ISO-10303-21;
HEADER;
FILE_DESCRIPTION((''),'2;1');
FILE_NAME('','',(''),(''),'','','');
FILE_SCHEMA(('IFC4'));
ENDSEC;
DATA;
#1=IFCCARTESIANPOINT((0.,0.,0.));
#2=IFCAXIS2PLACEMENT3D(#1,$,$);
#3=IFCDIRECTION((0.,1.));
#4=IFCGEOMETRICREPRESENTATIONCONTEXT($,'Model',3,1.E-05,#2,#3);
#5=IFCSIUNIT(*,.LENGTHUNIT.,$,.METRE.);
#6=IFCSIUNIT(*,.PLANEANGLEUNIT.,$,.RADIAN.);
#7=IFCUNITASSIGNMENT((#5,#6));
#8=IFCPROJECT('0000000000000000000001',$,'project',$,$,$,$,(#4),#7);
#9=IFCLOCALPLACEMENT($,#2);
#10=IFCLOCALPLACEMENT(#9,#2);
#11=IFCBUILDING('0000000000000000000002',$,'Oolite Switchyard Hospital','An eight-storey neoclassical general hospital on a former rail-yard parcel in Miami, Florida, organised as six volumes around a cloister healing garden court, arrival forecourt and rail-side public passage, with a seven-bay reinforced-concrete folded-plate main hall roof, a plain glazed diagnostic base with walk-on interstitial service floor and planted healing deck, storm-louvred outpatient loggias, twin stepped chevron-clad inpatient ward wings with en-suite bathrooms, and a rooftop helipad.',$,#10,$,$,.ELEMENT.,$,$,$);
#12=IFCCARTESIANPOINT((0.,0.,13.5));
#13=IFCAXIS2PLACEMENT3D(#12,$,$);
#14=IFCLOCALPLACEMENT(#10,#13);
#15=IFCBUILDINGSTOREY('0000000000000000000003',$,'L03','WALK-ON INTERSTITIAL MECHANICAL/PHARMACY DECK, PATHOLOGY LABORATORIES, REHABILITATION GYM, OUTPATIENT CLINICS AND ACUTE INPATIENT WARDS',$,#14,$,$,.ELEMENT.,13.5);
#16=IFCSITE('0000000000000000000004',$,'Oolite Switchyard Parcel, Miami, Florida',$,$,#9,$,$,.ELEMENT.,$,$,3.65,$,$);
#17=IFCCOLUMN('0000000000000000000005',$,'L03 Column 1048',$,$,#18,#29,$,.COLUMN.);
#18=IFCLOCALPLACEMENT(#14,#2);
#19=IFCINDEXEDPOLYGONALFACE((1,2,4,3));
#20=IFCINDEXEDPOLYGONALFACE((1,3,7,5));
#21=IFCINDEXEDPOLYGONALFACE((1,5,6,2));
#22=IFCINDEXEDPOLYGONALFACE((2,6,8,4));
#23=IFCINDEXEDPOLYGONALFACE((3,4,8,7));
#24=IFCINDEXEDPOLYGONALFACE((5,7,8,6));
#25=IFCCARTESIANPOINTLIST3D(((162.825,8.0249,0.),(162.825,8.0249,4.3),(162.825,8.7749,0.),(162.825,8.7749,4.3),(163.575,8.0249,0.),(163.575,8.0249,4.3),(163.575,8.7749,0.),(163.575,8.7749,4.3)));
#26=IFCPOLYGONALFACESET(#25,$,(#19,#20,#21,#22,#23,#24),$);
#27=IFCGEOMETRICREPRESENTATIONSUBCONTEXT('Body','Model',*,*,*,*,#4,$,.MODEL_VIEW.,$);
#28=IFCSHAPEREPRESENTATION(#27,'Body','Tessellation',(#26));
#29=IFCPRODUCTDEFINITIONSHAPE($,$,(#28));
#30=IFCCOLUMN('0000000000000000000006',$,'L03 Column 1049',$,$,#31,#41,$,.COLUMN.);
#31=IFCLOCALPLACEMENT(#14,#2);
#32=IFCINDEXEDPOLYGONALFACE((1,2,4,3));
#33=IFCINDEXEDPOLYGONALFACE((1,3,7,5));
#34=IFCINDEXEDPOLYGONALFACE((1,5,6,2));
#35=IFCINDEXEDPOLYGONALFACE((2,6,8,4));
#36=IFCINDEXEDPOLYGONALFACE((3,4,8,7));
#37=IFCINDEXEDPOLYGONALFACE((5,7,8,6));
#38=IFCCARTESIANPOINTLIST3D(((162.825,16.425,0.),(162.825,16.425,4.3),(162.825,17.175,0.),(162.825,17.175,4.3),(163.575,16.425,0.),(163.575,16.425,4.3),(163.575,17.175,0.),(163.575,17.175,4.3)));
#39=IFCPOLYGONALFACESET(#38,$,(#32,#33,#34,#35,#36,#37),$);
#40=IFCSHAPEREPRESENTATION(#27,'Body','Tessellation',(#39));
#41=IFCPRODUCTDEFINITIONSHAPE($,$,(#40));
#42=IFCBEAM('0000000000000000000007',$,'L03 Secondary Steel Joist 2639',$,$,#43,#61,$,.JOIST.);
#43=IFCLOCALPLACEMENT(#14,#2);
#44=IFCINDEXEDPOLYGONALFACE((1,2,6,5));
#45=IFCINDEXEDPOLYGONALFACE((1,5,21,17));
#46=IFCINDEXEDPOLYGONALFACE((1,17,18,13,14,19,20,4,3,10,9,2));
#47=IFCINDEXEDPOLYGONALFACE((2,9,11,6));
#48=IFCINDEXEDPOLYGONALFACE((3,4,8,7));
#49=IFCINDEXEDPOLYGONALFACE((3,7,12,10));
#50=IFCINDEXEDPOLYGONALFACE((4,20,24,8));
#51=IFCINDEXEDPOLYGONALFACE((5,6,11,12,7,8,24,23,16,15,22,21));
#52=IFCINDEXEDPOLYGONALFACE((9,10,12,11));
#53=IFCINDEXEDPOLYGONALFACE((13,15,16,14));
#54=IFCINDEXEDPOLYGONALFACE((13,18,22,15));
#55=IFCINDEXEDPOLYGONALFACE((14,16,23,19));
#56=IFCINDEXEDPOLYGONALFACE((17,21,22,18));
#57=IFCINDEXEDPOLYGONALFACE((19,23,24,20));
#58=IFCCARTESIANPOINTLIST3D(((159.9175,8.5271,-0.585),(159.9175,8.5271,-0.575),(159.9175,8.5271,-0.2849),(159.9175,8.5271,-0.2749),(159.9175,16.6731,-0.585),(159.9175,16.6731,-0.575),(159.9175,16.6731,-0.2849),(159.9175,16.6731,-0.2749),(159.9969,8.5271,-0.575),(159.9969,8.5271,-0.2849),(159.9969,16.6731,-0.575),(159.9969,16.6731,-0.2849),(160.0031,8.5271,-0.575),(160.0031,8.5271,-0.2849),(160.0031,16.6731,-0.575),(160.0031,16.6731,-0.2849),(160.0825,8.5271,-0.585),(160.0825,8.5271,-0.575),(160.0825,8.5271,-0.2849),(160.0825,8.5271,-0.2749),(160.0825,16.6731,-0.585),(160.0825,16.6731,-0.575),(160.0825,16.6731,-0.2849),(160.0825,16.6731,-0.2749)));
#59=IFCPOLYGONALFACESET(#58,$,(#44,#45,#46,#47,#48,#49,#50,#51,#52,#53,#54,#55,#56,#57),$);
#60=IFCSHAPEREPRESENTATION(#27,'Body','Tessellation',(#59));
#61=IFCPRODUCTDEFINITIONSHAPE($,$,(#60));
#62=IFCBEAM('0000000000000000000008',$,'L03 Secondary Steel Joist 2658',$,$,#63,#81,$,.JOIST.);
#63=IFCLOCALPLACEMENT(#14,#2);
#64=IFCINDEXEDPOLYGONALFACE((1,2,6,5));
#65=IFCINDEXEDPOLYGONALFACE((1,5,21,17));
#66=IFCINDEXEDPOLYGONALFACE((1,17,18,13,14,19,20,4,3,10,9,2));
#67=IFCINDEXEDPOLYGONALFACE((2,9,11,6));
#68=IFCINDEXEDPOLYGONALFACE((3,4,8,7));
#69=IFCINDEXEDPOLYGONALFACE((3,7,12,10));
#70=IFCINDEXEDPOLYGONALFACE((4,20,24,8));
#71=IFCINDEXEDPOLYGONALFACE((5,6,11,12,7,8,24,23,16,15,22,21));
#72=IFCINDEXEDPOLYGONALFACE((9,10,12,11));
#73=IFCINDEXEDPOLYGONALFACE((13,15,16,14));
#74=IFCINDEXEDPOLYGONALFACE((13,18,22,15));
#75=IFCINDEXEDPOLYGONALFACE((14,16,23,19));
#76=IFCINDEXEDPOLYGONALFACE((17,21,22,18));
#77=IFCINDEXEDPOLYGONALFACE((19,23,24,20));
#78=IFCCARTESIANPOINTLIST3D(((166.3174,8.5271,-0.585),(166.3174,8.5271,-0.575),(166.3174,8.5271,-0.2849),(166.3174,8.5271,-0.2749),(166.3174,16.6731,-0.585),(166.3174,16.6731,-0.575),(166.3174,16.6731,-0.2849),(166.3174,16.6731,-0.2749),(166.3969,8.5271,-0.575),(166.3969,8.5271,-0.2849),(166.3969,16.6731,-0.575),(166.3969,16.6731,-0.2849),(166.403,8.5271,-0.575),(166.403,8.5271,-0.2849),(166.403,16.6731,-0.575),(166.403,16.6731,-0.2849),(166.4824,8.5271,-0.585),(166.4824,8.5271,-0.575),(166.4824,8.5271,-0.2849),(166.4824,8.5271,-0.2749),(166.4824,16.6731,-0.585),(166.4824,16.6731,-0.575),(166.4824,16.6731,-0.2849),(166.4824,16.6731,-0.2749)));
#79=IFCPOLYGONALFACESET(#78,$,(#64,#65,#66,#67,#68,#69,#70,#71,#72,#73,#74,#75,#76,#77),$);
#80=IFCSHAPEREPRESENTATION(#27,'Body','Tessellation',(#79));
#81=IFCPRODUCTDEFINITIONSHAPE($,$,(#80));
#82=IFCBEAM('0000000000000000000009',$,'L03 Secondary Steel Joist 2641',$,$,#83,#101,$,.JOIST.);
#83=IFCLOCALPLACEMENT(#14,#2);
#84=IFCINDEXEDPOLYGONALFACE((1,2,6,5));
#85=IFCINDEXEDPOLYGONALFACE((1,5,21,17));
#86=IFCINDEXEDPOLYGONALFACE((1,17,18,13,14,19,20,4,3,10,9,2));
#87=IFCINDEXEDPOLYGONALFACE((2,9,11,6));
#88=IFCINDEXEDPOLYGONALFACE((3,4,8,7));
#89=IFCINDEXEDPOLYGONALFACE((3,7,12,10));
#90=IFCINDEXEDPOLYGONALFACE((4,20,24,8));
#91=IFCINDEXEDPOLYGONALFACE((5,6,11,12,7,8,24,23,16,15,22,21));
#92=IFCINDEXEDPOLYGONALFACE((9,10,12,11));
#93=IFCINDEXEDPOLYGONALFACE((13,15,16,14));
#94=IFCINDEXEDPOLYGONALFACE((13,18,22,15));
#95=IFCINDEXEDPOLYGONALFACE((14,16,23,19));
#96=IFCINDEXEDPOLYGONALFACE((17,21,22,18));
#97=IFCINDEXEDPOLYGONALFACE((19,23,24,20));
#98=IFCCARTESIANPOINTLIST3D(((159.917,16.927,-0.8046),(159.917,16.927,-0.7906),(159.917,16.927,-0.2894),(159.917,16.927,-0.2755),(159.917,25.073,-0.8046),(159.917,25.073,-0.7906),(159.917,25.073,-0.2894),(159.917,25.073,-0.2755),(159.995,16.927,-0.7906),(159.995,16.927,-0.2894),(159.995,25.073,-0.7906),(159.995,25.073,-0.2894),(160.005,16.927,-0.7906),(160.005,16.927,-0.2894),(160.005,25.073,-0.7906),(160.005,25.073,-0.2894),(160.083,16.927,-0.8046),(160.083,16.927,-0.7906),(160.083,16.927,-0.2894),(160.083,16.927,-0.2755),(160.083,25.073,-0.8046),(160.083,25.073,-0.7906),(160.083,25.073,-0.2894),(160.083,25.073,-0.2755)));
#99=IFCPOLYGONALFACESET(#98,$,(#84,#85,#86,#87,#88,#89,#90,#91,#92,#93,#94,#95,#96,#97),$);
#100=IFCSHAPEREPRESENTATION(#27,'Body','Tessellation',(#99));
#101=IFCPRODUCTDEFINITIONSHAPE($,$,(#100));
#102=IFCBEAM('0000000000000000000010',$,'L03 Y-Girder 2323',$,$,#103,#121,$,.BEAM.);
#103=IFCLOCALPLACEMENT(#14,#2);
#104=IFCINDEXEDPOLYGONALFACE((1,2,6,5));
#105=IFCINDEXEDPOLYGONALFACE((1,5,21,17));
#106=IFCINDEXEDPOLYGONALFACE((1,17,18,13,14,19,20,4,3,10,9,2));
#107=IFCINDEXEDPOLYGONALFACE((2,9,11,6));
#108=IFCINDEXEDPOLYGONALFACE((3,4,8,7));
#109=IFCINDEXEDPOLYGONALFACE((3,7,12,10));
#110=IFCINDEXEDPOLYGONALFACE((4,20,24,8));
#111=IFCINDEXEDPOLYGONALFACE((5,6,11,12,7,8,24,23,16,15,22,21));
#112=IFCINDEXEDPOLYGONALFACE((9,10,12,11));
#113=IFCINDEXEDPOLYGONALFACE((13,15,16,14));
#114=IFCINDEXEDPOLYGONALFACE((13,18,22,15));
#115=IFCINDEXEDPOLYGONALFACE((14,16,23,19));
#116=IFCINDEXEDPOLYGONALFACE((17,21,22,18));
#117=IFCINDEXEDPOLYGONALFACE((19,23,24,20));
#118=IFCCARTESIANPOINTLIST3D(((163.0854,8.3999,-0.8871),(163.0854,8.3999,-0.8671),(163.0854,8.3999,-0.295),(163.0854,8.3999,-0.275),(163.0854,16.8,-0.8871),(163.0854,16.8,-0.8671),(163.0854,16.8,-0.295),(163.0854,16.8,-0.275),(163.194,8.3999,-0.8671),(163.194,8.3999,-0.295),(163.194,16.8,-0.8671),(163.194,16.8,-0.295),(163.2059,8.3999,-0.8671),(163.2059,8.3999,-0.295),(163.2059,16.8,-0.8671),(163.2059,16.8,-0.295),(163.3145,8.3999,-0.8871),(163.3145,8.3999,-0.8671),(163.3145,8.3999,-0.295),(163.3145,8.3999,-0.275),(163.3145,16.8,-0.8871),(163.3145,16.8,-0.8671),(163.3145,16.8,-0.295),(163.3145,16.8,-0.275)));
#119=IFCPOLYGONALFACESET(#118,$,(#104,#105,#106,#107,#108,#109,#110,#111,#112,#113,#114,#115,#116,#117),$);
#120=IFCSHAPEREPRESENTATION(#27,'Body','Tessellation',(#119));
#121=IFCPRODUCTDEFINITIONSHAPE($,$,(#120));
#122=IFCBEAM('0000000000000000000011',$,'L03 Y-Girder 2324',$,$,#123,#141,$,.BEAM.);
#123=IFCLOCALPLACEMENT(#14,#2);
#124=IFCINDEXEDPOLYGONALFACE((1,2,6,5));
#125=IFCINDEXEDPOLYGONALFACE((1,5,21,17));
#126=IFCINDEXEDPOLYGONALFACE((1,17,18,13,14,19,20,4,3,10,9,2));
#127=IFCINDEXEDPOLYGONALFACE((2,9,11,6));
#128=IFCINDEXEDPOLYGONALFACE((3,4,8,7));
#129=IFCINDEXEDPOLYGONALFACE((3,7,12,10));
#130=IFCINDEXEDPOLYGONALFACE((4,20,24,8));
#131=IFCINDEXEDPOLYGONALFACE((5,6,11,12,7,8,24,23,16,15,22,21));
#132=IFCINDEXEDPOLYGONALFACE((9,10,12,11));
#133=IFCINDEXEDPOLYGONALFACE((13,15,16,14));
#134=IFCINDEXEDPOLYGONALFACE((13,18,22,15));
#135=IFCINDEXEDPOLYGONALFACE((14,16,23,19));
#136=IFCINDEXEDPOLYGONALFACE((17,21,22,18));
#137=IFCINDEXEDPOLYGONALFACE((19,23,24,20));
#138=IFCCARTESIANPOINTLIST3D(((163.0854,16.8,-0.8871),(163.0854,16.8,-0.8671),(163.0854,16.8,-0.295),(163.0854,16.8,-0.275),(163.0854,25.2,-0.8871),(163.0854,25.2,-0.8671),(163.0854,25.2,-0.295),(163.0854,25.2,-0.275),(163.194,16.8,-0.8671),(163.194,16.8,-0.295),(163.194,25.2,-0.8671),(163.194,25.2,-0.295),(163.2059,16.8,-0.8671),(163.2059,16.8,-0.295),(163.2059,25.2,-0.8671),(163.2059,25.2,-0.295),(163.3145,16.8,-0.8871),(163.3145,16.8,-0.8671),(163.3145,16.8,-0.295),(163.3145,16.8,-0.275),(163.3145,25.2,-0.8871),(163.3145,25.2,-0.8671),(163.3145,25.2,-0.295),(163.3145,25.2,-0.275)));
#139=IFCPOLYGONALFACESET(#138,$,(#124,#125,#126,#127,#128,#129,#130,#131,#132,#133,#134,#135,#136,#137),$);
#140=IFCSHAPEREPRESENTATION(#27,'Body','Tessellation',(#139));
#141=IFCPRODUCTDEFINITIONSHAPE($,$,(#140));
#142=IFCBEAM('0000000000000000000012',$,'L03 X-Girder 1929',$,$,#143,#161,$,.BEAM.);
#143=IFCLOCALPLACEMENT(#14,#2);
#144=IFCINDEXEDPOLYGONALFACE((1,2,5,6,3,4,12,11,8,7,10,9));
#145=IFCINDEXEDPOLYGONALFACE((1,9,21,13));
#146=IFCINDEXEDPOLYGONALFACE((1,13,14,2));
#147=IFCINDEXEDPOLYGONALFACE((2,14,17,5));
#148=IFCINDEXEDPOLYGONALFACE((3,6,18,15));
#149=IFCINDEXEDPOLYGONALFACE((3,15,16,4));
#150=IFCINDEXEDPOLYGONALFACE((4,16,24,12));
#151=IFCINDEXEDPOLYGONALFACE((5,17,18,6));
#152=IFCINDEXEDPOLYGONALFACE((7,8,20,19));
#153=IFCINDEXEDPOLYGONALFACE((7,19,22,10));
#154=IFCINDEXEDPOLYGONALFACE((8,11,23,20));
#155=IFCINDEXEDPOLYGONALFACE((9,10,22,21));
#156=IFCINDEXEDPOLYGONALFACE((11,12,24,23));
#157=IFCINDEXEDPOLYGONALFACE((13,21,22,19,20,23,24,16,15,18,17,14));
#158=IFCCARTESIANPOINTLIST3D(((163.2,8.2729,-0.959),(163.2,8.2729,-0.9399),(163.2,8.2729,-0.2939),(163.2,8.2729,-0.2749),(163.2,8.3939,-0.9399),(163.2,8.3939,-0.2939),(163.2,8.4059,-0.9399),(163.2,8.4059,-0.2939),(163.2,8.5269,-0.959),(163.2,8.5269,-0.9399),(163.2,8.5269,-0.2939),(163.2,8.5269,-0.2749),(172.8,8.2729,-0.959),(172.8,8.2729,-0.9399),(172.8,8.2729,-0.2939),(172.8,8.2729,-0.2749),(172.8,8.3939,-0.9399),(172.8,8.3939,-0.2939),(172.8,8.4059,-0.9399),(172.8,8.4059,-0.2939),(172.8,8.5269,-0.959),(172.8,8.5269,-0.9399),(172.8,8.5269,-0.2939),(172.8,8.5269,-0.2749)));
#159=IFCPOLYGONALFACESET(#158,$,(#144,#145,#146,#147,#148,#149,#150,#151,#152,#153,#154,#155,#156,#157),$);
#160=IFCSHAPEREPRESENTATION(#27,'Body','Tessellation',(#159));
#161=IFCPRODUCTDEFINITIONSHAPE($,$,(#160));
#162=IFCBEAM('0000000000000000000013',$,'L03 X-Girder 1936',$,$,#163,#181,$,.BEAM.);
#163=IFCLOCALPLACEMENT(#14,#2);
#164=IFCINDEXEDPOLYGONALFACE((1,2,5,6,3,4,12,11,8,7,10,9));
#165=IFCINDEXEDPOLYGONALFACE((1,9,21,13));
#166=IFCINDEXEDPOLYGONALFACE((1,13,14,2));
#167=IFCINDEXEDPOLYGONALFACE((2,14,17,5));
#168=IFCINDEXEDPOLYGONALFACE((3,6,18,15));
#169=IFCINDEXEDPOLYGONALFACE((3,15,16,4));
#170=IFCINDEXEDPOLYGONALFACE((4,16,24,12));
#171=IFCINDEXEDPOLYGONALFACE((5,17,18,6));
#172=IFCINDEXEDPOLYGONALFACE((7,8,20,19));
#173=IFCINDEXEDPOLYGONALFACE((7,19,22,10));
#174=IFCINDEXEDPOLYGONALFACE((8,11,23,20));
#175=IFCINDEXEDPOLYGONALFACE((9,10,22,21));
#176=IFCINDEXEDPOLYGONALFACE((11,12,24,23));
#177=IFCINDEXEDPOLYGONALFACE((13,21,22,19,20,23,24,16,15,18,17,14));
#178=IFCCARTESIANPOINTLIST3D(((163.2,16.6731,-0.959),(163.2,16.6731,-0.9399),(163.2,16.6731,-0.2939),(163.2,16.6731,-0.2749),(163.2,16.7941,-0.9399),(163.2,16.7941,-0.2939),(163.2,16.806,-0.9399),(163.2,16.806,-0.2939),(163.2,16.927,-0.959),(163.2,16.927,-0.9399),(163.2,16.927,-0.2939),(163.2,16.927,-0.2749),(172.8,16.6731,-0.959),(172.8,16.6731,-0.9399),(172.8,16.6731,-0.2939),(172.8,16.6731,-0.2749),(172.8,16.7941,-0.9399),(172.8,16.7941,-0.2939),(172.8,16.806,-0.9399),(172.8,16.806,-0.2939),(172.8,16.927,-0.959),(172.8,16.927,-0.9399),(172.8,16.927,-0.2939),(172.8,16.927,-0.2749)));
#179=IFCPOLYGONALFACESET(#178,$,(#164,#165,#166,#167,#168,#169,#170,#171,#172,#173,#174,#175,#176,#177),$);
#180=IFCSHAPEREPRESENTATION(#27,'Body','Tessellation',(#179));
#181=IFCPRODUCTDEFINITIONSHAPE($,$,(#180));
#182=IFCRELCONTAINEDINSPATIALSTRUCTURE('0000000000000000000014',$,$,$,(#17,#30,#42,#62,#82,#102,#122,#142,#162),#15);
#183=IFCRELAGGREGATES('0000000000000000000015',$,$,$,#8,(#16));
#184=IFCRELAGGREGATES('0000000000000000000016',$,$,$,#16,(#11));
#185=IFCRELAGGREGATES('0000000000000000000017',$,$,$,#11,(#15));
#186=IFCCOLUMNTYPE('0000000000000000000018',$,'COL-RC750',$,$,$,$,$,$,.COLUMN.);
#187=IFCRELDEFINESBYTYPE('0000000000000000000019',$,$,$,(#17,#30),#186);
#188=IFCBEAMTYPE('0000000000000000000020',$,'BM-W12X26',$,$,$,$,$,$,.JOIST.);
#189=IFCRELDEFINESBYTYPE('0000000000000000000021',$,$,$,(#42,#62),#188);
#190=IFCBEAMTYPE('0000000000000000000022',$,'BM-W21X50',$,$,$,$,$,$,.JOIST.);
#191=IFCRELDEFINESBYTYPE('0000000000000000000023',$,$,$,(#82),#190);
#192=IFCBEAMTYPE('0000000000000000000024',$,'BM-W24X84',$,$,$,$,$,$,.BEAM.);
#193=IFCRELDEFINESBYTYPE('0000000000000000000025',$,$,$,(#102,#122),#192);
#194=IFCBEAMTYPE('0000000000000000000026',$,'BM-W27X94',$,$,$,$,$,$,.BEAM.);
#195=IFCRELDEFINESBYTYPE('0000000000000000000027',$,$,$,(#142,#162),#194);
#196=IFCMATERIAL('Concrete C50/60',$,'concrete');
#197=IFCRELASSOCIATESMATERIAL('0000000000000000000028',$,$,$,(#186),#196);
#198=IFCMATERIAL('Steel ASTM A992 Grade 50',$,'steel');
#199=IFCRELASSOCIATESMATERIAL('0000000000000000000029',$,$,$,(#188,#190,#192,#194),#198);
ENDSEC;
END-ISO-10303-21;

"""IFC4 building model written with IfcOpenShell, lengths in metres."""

from ifc_helpers import new_model, si_unit, direction, frame, origin, origin_2d, place, context, subcontext, project, spatial, rectangle, i_section, extrude, material, material_profile, profile_set, type_object, element, save


model = new_model("IFC4")

# Units and contexts
model_context = context("Model", 3, precision=1e-05, world=origin(), true_north=direction((0.0, 1.0)))
body_context = subcontext(model_context, "Body", "Model", "MODEL_VIEW")
ifc_project = project(units=[si_unit("LENGTHUNIT", "METRE"), si_unit("PLANEANGLEUNIT", "RADIAN")], contexts=[model_context])

# Site, building, storey
site_placement = place(None, origin())
site = spatial("IfcSite", under=ifc_project, at=site_placement, Name="Oolite Switchyard Parcel, Miami, Florida", CompositionType="ELEMENT", RefElevation=3.65)
building_placement = place(site_placement, origin())
building = spatial("IfcBuilding", under=site, at=building_placement, Name="Oolite Switchyard Hospital", Description="An eight-storey neoclassical general hospital on a former rail-yard parcel in Miami, Florida, organised as six volumes around a cloister healing garden court, arrival forecourt and rail-side public passage, with a seven-bay reinforced-concrete folded-plate main hall roof, a plain glazed diagnostic base with walk-on interstitial service floor and planted healing deck, storm-louvred outpatient loggias, twin stepped chevron-clad inpatient ward wings with en-suite bathrooms, and a rooftop helipad.", CompositionType="ELEMENT")
storey_placement = place(building_placement, frame((0.0, 0.0, 13.5)))
storey = spatial("IfcBuildingStorey", under=building, at=storey_placement, Name="L03", Description="WALK-ON INTERSTITIAL MECHANICAL/PHARMACY DECK, PATHOLOGY LABORATORIES, REHABILITATION GYM, OUTPATIENT CLINICS AND ACUTE INPATIENT WARDS", CompositionType="ELEMENT", Elevation=13.5)

# Columns
ifc_material_1 = material(Name="Concrete C50/60", Category="concrete")
ifc_material_profile_1 = material_profile(ifc_material_1, rectangle(XDim=0.75, YDim=0.75, at=origin_2d()), Name="RC750X750")
ifc_profile_set_1 = profile_set([ifc_material_profile_1], Name="Concrete C50/60")
column_type = type_object("IfcColumnType", Name="COL-RC750", PredefinedType="COLUMN", material=ifc_profile_set_1)
for number, where, z_axis, x_axis, name in (
    (1, (163.2, 8.3999, 0.0), (0.0, 0.0, 1.0), (1.0, 0.0, 0.0), "L03 Column 1048"),
    (2, (163.2, 16.8, 0.0), (0.0, 0.0, 1.0), (1.0, 0.0, 0.0), "L03 Column 1049"),
):
    element("IfcColumn", number, at=place(storey_placement, frame(where, z_axis=z_axis, x_axis=x_axis)), inside=storey, type_object=column_type, Name=name, PredefinedType="COLUMN", context=body_context, shape_type="SweptSolid", body=[
        extrude(rectangle(XDim=0.75, YDim=0.75, at=origin_2d()), origin(), (0.0, 0.0, 1.0), 4.3),
    ])

# Beams
ifc_material_2 = material(Name="Steel ASTM A992 Grade 50", Category="steel")
ifc_material_profile_2 = material_profile(ifc_material_2, i_section(OverallWidth=0.165, OverallDepth=0.3101, WebThickness=0.0061, FlangeThickness=0.01, at=origin_2d()), Name="W12X26")
ifc_profile_set_2 = profile_set([ifc_material_profile_2], Name="Steel ASTM A992 Grade 50")
beam_type_1 = type_object("IfcBeamType", Name="BM-W12X26", PredefinedType="JOIST", material=ifc_profile_set_2)
for number, where, z_axis, x_axis, name in (
    (3, (160.0, 8.5271, -0.4299), (0.0, 1.0, 0.0), (-1.0, 0.0, 0.0), "L03 Secondary Steel Joist 2639"),
    (4, (166.3999, 8.5271, -0.4299), (0.0, 1.0, 0.0), (-1.0, 0.0, 0.0), "L03 Secondary Steel Joist 2658"),
):
    element("IfcBeam", number, at=place(storey_placement, frame(where, z_axis=z_axis, x_axis=x_axis)), inside=storey, type_object=beam_type_1, Name=name, PredefinedType="JOIST", context=body_context, shape_type="SweptSolid", body=[
        extrude(i_section(OverallWidth=0.165, OverallDepth=0.3101, WebThickness=0.0061, FlangeThickness=0.01, at=origin_2d()), origin(), (0.0, 0.0, 1.0), 8.146),
    ])
ifc_material_profile_3 = material_profile(ifc_material_2, i_section(OverallWidth=0.166, OverallDepth=0.5291, WebThickness=0.01, FlangeThickness=0.0139, at=origin_2d()), Name="W21X50")
ifc_profile_set_3 = profile_set([ifc_material_profile_3], Name="Steel ASTM A992 Grade 50")
beam_type_2 = type_object("IfcBeamType", Name="BM-W21X50", PredefinedType="JOIST", material=ifc_profile_set_3)
beam_1_placement = place(storey_placement, frame((160.0, 16.927, -0.54), z_axis=(0.0, 1.0, 0.0), x_axis=(-1.0, 0.0, 0.0)))
element("IfcBeam", 5, at=beam_1_placement, inside=storey, type_object=beam_type_2, Name="L03 Secondary Steel Joist 2641", PredefinedType="JOIST", context=body_context, shape_type="SweptSolid", body=[
    extrude(i_section(OverallWidth=0.166, OverallDepth=0.5291, WebThickness=0.01, FlangeThickness=0.0139, at=origin_2d()), origin(), (0.0, 0.0, 1.0), 8.146),
])
ifc_material_profile_4 = material_profile(ifc_material_2, i_section(OverallWidth=0.229, OverallDepth=0.6121, WebThickness=0.012, FlangeThickness=0.02, at=origin_2d()), Name="W24X84")
ifc_profile_set_4 = profile_set([ifc_material_profile_4], Name="Steel ASTM A992 Grade 50")
beam_type_3 = type_object("IfcBeamType", Name="BM-W24X84", PredefinedType="BEAM", material=ifc_profile_set_4)
beam_2_placement = place(storey_placement, frame((163.2, 8.3999, -0.5811), z_axis=(0.0, 1.0, 0.0), x_axis=(-1.0, 0.0, 0.0)))
element("IfcBeam", 6, at=beam_2_placement, inside=storey, type_object=beam_type_3, Name="L03 Y-Girder 2323", PredefinedType="BEAM", context=body_context, shape_type="SweptSolid", body=[
    extrude(i_section(OverallWidth=0.229, OverallDepth=0.6121, WebThickness=0.012, FlangeThickness=0.02, at=origin_2d()), origin(), (0.0, 0.0, 1.0), 8.4001),
])
beam_3_placement = place(storey_placement, frame((163.2, 16.8, -0.5811), z_axis=(0.0, 1.0, 0.0), x_axis=(-1.0, 0.0, 0.0)))
element("IfcBeam", 7, at=beam_3_placement, inside=storey, type_object=beam_type_3, Name="L03 Y-Girder 2324", PredefinedType="BEAM", context=body_context, shape_type="SweptSolid", body=[
    extrude(i_section(OverallWidth=0.229, OverallDepth=0.6121, WebThickness=0.012, FlangeThickness=0.02, at=origin_2d()), origin(), (0.0, 0.0, 1.0), 8.3999),
])
ifc_material_profile_5 = material_profile(ifc_material_2, i_section(OverallWidth=0.2539, OverallDepth=0.6841, WebThickness=0.012, FlangeThickness=0.019, at=origin_2d()), Name="W27X94")
ifc_profile_set_5 = profile_set([ifc_material_profile_5], Name="Steel ASTM A992 Grade 50")
beam_type_4 = type_object("IfcBeamType", Name="BM-W27X94", PredefinedType="BEAM", material=ifc_profile_set_5)
for number, where, z_axis, x_axis, name in (
    (8, (163.2, 8.3999, -0.6169), (1.0, 0.0, 0.0), (0.0, 1.0, 0.0), "L03 X-Girder 1929"),
    (9, (163.2, 16.8, -0.6169), (1.0, 0.0, 0.0), (0.0, 1.0, 0.0), "L03 X-Girder 1936"),
):
    element("IfcBeam", number, at=place(storey_placement, frame(where, z_axis=z_axis, x_axis=x_axis)), inside=storey, type_object=beam_type_4, Name=name, PredefinedType="BEAM", context=body_context, shape_type="SweptSolid", body=[
        extrude(i_section(OverallWidth=0.2539, OverallDepth=0.6841, WebThickness=0.012, FlangeThickness=0.019, at=origin_2d()), origin(), (0.0, 0.0, 1.0), 9.6001),
    ])

save(model, "model.ifc")
